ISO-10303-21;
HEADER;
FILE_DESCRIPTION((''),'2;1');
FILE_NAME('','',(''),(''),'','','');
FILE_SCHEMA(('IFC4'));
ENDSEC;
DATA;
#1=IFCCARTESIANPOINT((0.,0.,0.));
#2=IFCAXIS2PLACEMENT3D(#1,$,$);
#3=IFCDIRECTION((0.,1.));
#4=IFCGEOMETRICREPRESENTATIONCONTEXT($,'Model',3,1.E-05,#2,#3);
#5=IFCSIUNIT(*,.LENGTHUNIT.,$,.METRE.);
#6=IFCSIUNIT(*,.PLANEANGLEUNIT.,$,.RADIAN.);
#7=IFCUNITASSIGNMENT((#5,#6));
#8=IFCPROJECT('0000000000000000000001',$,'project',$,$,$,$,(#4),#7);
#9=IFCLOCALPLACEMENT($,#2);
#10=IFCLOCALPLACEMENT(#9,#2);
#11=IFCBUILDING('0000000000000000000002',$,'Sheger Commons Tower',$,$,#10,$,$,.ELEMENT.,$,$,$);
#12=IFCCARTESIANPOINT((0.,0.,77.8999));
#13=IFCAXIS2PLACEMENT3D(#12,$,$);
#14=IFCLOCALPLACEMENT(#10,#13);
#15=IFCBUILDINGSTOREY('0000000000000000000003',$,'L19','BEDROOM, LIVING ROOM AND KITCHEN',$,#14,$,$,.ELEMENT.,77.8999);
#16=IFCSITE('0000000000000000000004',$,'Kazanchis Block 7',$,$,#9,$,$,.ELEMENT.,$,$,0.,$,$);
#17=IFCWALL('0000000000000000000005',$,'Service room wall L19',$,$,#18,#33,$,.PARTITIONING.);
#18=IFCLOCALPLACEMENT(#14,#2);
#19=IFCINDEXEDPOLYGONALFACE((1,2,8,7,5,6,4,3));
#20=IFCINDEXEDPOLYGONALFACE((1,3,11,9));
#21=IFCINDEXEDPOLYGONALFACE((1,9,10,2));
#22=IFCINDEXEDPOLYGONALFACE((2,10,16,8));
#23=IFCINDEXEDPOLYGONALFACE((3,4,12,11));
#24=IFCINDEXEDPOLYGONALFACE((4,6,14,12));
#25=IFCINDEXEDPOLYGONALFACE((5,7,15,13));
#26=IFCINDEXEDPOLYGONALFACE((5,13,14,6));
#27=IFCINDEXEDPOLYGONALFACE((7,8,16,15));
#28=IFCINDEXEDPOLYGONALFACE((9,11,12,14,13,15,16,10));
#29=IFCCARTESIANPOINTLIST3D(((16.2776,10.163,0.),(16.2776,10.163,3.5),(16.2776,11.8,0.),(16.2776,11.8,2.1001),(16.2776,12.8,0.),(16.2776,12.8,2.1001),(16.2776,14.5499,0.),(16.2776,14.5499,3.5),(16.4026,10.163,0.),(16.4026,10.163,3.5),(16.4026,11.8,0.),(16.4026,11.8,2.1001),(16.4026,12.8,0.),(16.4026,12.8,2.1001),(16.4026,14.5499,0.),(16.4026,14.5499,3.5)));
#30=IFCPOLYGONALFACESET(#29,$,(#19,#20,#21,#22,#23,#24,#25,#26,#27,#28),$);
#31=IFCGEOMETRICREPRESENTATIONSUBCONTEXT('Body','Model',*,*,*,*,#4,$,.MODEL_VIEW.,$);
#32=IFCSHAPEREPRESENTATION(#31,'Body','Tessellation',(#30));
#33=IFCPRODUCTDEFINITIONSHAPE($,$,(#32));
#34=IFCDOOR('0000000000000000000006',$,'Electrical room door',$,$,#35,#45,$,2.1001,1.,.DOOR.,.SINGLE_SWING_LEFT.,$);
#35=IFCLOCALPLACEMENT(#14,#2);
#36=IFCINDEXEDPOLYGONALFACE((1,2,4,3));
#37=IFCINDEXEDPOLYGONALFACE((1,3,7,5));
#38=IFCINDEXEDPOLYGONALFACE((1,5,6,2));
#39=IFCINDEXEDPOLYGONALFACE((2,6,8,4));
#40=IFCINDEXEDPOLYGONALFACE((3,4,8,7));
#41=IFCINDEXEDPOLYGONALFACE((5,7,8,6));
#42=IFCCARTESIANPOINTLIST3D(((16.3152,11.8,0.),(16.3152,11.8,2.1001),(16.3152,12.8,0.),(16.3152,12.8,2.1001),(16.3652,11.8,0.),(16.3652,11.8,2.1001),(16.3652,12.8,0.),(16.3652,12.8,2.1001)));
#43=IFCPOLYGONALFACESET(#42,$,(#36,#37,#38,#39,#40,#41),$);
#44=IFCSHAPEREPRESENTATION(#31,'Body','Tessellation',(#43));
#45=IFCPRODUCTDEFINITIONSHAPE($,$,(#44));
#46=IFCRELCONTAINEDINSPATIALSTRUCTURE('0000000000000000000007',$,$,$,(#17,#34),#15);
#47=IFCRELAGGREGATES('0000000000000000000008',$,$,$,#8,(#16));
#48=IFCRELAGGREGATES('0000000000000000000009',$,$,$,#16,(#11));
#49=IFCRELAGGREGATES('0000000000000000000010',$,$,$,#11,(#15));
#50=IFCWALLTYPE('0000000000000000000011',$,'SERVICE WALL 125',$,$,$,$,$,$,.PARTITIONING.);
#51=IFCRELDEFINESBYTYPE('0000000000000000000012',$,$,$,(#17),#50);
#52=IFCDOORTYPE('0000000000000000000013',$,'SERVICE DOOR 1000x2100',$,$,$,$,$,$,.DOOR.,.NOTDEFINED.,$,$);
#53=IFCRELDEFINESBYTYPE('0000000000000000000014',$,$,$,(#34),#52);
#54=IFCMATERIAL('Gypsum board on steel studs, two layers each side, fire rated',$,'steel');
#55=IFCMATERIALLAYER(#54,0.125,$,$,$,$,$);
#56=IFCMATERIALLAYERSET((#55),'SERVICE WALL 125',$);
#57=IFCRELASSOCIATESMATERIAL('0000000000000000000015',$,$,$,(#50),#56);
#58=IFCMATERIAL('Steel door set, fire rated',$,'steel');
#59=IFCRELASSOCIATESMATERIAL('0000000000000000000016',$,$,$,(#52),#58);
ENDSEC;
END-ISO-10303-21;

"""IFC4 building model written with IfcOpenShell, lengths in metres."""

from ifc_helpers import new_model, si_unit, direction, frame, frame_2d, origin, place, context, subcontext, project, spatial, rectangle, extrude, material, layer, layer_set, type_object, element, fill, save


model = new_model("IFC4")

# Units and contexts
model_context = context("Model", 3, precision=1e-05, world=origin(), true_north=direction((0.0, 1.0)))
body_context = subcontext(model_context, "Body", "Model", "MODEL_VIEW")
ifc_project = project(units=[si_unit("LENGTHUNIT", "METRE"), si_unit("PLANEANGLEUNIT", "RADIAN")], contexts=[model_context])

# Site, building, storey
site_placement = place(None, origin())
site = spatial("IfcSite", under=ifc_project, at=site_placement, Name="Kazanchis Block 7", CompositionType="ELEMENT", RefElevation=0.0)
building_placement = place(site_placement, origin())
building = spatial("IfcBuilding", under=site, at=building_placement, Name="Sheger Commons Tower", CompositionType="ELEMENT")
storey_placement = place(building_placement, frame((0.0, 0.0, 77.8999)))
storey = spatial("IfcBuildingStorey", under=building, at=storey_placement, Name="L19", Description="BEDROOM, LIVING ROOM AND KITCHEN", CompositionType="ELEMENT", Elevation=77.8999)

# Shared definitions
ifc_material_1 = material(Name="Gypsum board on steel studs, two layers each side, fire rated", Category="steel")
ifc_layer_1 = layer(ifc_material_1, 0.125)
ifc_layer_set_1 = layer_set([ifc_layer_1], Name="SERVICE WALL 125")
wall_type_1 = type_object("IfcWallType", Name="SERVICE WALL 125", PredefinedType="PARTITIONING", material=ifc_layer_set_1)
ifc_material_2 = material(Name="Steel door set, fire rated", Category="steel")
door_type_1 = type_object("IfcDoorType", Name="SERVICE DOOR 1000x2100", OperationType="NOTDEFINED", PredefinedType="DOOR", material=ifc_material_2)

# Wall, opening, door
wall_1_placement = place(storey_placement, frame((16.3401, 10.1631, 0.0), z_axis=(0.0, 0.0, 1.0), x_axis=(0.0, 1.0, 0.0)))
wall_1 = element("IfcWall", 1, at=wall_1_placement, inside=storey, type_object=wall_type_1, Name="Service room wall L19", PredefinedType="PARTITIONING", context=body_context, shape_type="SweptSolid", body=[
    extrude(rectangle(XDim=4.387, YDim=0.125, at=frame_2d((2.1934, 0.0))), origin(), (0.0, 0.0, 1.0), 3.5),
])
opening_1_placement = place(wall_1_placement, frame((1.637, 0.0, 0.0)))
opening_1 = element("IfcOpeningElement", 2, at=opening_1_placement, cuts=wall_1, PredefinedType="OPENING", context=body_context, shape_type="SweptSolid", body=[
    extrude(rectangle(XDim=1.0, YDim=2.1001, at=frame_2d((0.5, 1.05))), frame((0.0, 0.0725, 0.0), z_axis=(0.0, -1.0, 0.0), x_axis=(1.0, 0.0, 0.0)), (0.0, 0.0, 1.0), 0.145),
])
door_1_placement = place(opening_1_placement, origin())
door_1 = element("IfcDoor", 3, at=door_1_placement, inside=storey, type_object=door_type_1, Name="Electrical room door", OperationType="SINGLE_SWING_LEFT", OverallHeight=2.1001, OverallWidth=1.0, PredefinedType="DOOR", context=body_context, shape_type="SweptSolid", body=[
    extrude(rectangle(XDim=1.0, YDim=2.1001, at=frame_2d((0.5, 1.05))), frame((0.0, 0.0249, 0.0), z_axis=(0.0, -1.0, 0.0), x_axis=(1.0, 0.0, 0.0)), (0.0, 0.0, 1.0), 0.05),
])
fill(opening_1, door_1)

save(model, "model.ifc")
